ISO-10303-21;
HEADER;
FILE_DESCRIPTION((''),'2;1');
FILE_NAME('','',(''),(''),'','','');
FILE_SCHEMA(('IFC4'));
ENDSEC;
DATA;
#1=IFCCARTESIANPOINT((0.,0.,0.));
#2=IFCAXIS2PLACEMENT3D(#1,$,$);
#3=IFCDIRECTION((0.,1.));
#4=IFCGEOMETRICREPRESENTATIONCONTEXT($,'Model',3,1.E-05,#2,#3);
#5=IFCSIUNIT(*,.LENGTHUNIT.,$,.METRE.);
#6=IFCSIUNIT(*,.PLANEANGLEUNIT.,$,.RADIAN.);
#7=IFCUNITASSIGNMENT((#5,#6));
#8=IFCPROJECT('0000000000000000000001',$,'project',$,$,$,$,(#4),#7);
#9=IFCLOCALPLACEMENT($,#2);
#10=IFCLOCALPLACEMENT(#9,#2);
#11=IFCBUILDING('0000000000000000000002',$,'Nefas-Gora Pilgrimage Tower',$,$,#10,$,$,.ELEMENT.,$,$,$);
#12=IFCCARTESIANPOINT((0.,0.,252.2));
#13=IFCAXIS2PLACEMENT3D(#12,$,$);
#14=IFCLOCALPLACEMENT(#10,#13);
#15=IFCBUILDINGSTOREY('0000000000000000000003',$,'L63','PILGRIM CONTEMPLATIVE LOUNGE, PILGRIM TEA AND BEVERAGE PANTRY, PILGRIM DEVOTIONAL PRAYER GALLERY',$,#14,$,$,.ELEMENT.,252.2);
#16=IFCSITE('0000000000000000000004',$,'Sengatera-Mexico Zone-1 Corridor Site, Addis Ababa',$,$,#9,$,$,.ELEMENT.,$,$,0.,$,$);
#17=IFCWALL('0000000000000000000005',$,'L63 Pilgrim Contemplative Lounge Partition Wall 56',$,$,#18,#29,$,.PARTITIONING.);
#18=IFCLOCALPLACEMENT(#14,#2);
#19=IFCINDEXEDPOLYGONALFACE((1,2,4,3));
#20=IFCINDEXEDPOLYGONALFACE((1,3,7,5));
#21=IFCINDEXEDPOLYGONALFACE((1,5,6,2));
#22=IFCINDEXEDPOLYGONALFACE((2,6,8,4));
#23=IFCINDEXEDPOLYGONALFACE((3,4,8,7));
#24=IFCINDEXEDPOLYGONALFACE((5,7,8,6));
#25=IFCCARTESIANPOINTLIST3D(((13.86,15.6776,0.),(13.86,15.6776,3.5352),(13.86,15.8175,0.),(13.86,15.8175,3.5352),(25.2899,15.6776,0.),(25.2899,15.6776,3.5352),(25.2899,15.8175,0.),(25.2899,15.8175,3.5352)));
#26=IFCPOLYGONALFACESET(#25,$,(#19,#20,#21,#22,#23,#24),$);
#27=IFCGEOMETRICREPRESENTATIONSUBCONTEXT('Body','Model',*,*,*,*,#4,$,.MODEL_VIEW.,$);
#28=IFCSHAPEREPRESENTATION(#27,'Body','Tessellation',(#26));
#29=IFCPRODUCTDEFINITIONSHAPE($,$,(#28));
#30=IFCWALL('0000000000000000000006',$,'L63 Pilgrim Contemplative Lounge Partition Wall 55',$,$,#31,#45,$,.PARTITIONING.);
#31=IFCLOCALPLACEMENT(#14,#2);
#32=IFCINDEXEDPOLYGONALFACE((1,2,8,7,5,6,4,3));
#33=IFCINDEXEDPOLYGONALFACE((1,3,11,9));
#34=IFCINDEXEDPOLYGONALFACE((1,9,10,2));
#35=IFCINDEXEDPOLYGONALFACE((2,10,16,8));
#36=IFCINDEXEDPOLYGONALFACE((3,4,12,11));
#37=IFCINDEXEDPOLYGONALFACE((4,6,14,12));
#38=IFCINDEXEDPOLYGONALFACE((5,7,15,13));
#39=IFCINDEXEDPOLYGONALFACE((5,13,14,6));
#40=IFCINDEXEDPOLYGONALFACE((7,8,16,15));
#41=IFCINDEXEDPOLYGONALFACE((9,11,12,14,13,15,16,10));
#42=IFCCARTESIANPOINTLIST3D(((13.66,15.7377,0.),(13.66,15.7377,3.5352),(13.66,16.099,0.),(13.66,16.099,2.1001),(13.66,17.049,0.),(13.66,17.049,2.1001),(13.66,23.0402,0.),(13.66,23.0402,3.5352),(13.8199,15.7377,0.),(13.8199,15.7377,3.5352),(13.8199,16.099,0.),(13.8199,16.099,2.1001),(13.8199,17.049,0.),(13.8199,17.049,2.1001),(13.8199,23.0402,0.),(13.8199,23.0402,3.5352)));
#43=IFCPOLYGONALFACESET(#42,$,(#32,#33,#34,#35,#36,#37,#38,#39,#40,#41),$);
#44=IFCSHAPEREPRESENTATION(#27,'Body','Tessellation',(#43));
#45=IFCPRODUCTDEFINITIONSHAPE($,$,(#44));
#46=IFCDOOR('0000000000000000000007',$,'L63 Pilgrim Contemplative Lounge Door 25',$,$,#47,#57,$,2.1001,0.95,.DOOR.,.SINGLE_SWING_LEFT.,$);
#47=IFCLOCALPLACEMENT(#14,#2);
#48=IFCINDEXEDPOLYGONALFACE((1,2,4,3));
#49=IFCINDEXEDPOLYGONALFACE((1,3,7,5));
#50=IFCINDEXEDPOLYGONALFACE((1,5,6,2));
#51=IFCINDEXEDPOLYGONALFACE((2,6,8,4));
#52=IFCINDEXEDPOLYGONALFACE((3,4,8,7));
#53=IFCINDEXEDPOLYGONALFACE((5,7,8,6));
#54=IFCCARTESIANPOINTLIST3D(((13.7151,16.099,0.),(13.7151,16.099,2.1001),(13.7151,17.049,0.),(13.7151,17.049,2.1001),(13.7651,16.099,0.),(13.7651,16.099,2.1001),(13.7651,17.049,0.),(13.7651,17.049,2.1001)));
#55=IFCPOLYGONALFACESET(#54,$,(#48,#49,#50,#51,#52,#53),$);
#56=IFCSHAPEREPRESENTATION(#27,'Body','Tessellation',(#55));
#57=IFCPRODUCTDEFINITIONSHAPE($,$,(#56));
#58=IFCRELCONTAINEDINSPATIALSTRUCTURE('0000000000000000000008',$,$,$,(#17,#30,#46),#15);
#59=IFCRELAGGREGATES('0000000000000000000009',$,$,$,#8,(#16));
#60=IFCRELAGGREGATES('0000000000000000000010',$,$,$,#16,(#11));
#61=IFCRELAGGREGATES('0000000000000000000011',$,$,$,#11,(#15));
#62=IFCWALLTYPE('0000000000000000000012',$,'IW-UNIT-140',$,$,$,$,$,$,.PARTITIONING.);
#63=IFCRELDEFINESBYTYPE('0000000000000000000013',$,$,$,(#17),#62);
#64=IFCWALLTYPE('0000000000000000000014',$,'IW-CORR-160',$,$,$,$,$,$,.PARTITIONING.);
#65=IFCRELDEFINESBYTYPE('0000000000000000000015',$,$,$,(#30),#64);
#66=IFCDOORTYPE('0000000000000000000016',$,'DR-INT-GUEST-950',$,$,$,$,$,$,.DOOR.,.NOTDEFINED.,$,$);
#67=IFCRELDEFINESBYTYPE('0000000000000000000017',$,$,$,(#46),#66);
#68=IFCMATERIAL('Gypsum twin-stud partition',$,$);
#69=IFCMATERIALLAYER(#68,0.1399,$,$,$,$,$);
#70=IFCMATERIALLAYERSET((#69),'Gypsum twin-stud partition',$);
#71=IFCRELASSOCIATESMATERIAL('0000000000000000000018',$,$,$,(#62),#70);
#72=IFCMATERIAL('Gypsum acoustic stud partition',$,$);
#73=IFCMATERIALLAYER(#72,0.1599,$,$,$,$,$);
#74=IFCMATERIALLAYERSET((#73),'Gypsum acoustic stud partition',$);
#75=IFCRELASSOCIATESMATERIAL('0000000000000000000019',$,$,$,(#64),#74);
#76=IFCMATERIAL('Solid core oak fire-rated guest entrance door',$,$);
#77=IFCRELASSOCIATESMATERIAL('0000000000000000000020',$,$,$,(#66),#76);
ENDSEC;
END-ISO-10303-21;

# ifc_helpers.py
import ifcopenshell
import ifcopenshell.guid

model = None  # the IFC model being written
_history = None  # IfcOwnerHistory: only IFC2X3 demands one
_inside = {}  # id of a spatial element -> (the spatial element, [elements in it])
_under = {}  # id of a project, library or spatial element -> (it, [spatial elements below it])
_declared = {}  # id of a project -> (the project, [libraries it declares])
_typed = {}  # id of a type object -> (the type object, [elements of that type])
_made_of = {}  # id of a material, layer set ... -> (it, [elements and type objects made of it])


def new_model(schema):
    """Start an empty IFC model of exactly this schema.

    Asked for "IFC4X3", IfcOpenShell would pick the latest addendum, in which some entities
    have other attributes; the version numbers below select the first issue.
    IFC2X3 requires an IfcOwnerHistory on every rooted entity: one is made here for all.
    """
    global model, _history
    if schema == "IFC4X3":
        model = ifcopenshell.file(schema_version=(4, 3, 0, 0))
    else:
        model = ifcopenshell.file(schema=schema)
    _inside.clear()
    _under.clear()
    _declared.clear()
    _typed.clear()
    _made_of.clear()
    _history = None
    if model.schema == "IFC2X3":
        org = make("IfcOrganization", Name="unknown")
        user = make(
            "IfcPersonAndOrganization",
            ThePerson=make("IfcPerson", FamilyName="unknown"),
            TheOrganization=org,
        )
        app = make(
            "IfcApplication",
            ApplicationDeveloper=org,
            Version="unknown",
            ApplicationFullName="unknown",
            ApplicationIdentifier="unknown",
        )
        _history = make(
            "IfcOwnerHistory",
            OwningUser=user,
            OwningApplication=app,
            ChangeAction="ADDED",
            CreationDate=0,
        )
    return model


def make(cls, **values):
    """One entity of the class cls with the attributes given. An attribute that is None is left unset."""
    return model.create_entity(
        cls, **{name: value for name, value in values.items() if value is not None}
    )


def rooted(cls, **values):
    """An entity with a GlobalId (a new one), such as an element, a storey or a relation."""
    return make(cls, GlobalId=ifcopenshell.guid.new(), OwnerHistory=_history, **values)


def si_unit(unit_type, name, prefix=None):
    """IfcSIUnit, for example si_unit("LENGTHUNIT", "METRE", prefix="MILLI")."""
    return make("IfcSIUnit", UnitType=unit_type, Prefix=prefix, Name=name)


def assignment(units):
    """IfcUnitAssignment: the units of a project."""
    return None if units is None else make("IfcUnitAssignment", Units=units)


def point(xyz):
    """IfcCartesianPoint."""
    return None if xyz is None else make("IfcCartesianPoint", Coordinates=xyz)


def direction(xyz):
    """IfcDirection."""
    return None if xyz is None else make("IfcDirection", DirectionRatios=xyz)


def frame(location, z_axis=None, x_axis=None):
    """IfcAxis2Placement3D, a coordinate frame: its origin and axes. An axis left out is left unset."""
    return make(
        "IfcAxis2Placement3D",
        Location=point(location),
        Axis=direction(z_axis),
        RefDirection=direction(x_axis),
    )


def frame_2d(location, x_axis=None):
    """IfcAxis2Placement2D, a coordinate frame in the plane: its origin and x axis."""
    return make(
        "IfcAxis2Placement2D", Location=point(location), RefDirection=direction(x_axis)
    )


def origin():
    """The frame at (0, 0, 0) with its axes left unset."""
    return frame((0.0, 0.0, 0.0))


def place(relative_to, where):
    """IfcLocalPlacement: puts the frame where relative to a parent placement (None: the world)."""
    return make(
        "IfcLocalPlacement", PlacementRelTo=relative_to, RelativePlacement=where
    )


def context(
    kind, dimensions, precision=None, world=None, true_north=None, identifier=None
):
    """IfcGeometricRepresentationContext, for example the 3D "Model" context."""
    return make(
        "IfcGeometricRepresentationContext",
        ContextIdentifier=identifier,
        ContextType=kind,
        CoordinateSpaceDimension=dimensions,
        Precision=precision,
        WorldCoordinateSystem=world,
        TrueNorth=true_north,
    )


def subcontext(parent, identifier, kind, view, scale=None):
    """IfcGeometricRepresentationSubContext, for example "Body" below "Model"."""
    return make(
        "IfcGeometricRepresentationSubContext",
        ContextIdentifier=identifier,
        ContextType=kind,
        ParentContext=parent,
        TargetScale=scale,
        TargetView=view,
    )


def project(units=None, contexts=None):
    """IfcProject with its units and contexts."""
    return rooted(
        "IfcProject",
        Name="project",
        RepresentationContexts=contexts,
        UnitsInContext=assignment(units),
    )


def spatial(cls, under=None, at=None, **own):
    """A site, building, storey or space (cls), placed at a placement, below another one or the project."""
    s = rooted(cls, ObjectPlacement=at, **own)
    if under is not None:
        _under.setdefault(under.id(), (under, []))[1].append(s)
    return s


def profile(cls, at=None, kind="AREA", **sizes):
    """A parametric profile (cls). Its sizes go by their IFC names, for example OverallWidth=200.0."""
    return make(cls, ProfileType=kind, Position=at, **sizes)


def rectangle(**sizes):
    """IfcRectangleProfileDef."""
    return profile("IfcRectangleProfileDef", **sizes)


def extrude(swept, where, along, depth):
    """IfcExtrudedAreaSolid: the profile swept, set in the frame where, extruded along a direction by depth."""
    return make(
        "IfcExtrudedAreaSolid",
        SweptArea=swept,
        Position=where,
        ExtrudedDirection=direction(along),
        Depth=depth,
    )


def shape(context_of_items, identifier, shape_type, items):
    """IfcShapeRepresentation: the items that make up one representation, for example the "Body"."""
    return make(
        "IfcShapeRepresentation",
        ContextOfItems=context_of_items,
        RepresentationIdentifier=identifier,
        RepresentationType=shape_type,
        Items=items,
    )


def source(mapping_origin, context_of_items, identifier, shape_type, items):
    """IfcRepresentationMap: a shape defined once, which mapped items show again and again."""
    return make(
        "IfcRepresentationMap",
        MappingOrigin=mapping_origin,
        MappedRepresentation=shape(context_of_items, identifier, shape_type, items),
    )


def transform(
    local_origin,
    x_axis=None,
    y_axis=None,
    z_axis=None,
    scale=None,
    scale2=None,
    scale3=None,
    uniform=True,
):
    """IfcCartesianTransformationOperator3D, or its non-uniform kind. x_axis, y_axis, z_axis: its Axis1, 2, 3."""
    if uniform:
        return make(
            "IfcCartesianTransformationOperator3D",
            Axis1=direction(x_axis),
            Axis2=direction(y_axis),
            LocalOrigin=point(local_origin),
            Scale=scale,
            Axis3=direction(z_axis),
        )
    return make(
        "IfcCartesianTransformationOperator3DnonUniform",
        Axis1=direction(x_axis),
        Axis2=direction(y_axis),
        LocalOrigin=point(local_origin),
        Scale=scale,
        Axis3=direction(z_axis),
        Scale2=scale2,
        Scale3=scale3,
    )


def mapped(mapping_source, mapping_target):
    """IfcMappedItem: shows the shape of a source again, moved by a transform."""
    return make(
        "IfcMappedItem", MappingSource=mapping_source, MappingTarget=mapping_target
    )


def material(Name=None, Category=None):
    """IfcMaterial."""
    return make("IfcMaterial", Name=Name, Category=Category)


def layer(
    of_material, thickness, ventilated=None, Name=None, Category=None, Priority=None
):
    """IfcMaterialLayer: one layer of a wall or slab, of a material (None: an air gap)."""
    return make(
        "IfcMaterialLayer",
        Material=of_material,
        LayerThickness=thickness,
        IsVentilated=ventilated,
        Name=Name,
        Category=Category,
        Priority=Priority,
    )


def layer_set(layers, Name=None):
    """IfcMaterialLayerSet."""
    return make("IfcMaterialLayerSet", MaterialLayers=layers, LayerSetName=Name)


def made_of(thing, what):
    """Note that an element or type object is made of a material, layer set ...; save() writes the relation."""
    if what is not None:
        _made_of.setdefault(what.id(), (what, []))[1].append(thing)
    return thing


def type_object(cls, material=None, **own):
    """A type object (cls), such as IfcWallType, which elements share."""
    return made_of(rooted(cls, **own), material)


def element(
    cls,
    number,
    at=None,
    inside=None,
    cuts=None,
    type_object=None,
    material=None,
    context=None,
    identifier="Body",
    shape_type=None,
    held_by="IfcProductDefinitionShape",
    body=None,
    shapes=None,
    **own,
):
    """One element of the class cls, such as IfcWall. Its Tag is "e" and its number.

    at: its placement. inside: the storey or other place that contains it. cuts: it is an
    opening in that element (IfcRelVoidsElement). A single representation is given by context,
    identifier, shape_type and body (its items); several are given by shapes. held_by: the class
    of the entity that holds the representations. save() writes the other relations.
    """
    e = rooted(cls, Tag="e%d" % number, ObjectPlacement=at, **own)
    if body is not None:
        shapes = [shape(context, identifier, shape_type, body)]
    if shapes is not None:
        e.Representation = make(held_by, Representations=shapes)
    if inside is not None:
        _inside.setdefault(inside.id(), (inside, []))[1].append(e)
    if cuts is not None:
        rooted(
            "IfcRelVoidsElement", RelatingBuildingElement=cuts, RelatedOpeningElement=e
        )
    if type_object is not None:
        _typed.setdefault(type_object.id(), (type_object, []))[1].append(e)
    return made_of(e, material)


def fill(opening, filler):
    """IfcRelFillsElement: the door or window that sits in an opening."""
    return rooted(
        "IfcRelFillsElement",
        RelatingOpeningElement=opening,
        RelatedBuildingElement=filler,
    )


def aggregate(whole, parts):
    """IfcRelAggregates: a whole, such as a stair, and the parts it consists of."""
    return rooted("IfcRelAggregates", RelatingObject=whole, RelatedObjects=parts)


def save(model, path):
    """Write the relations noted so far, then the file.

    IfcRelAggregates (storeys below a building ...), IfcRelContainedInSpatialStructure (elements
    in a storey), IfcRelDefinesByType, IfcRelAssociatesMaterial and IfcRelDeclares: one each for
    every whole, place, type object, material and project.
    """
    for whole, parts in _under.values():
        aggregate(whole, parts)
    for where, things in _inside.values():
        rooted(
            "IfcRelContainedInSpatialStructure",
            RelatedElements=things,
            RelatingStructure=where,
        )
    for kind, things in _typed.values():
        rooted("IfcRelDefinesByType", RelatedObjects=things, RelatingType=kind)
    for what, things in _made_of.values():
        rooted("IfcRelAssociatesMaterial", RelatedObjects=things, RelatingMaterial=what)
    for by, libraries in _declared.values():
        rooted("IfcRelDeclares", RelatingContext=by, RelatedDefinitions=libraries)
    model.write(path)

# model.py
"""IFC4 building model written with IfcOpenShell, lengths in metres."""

from ifc_helpers import new_model, si_unit, direction, frame, frame_2d, origin, place, context, subcontext, project, spatial, rectangle, extrude, source, transform, mapped, material, layer, layer_set, type_object, element, fill, save


model = new_model("IFC4")

# Units and contexts
model_context = context("Model", 3, precision=1e-05, world=origin(), true_north=direction((0.0, 1.0)))
body_context = subcontext(model_context, "Body", "Model", "MODEL_VIEW")
ifc_project = project(units=[si_unit("LENGTHUNIT", "METRE"), si_unit("PLANEANGLEUNIT", "RADIAN")], contexts=[model_context])

# Site, building, storey
site_placement = place(None, origin())
site = spatial("IfcSite", under=ifc_project, at=site_placement, Name="Sengatera-Mexico Zone-1 Corridor Site, Addis Ababa", CompositionType="ELEMENT", RefElevation=0.0)
building_placement = place(site_placement, origin())
building = spatial("IfcBuilding", under=site, at=building_placement, Name="Nefas-Gora Pilgrimage Tower", CompositionType="ELEMENT")
storey_placement = place(building_placement, frame((0.0, 0.0, 252.2)))
storey = spatial("IfcBuildingStorey", under=building, at=storey_placement, Name="L63", Description="PILGRIM CONTEMPLATIVE LOUNGE, PILGRIM TEA AND BEVERAGE PANTRY, PILGRIM DEVOTIONAL PRAYER GALLERY", CompositionType="ELEMENT", Elevation=252.2)

# Wall
ifc_material_1 = material(Name="Gypsum twin-stud partition")
ifc_layer_1 = layer(ifc_material_1, 0.1399)
ifc_layer_set_1 = layer_set([ifc_layer_1], Name="Gypsum twin-stud partition")
wall_type_1 = type_object("IfcWallType", Name="IW-UNIT-140", PredefinedType="PARTITIONING", material=ifc_layer_set_1)
shared_shape_1 = source(origin(), body_context, "Body", "SweptSolid", [
    extrude(rectangle(XDim=11.4299, YDim=0.1399, at=frame_2d((5.7148, 0.0))), origin(), (0.0, 0.0, 1.0), 3.5352),
])
wall_1_placement = place(storey_placement, frame((13.8601, 15.7476, 0.0), z_axis=(0.0, 0.0, 1.0), x_axis=(1.0, 0.0, 0.0)))
element("IfcWall", 1, at=wall_1_placement, inside=storey, type_object=wall_type_1, Name="L63 Pilgrim Contemplative Lounge Partition Wall 56", PredefinedType="PARTITIONING", context=body_context, shape_type="MappedRepresentation", body=[
    mapped(shared_shape_1, transform((0.0, 0.0, 0.0), x_axis=(1.0, 0.0, 0.0), y_axis=(0.0, 1.0, 0.0), z_axis=(0.0, 0.0, 1.0), scale=1.0)),
])

# Wall, opening, door
ifc_material_2 = material(Name="Gypsum acoustic stud partition")
ifc_layer_2 = layer(ifc_material_2, 0.1599)
ifc_layer_set_2 = layer_set([ifc_layer_2], Name="Gypsum acoustic stud partition")
wall_type_2 = type_object("IfcWallType", Name="IW-CORR-160", PredefinedType="PARTITIONING", material=ifc_layer_set_2)
shared_shape_2 = source(origin(), body_context, "Body", "SweptSolid", [
    extrude(rectangle(XDim=7.3025, YDim=0.1599, at=frame_2d((3.6514, 0.0))), origin(), (0.0, 0.0, 1.0), 3.5352),
])
wall_2_placement = place(storey_placement, frame((13.74, 15.7375, 0.0), z_axis=(0.0, 0.0, 1.0), x_axis=(0.0, 1.0, 0.0)))
wall_2 = element("IfcWall", 2, at=wall_2_placement, inside=storey, type_object=wall_type_2, Name="L63 Pilgrim Contemplative Lounge Partition Wall 55", PredefinedType="PARTITIONING", context=body_context, shape_type="MappedRepresentation", body=[
    mapped(shared_shape_2, transform((0.0, 0.0, 0.0), x_axis=(1.0, 0.0, 0.0), y_axis=(0.0, 1.0, 0.0), z_axis=(0.0, 0.0, 1.0), scale=1.0)),
])
opening_1_placement = place(wall_2_placement, frame((0.3613, 0.0, 0.0)))
opening_1 = element("IfcOpeningElement", 3, at=opening_1_placement, cuts=wall_2, PredefinedType="OPENING", context=body_context, shape_type="SweptSolid", body=[
    extrude(rectangle(XDim=0.95, YDim=2.1001, at=frame_2d((0.4751, 1.05))), frame((0.0, 0.0898, 0.0), z_axis=(0.0, -1.0, 0.0), x_axis=(1.0, 0.0, 0.0)), (0.0, 0.0, 1.0), 0.1799),
])
ifc_material_3 = material(Name="Solid core oak fire-rated guest entrance door")
door_type = type_object("IfcDoorType", Name="DR-INT-GUEST-950", OperationType="NOTDEFINED", PredefinedType="DOOR", material=ifc_material_3)
shared_shape_3 = source(origin(), body_context, "Body", "SweptSolid", [
    extrude(rectangle(XDim=0.95, YDim=2.1001, at=frame_2d((0.4751, 1.05))), frame((0.0, 0.0249, 0.0), z_axis=(0.0, -1.0, 0.0), x_axis=(1.0, 0.0, 0.0)), (0.0, 0.0, 1.0), 0.05),
])
door_placement = place(opening_1_placement, origin())
door = element("IfcDoor", 4, at=door_placement, inside=storey, type_object=door_type, Name="L63 Pilgrim Contemplative Lounge Door 25", OperationType="SINGLE_SWING_LEFT", OverallHeight=2.1001, OverallWidth=0.95, PredefinedType="DOOR", context=body_context, shape_type="MappedRepresentation", body=[
    mapped(shared_shape_3, transform((0.0, 0.0, 0.0), x_axis=(1.0, 0.0, 0.0), y_axis=(0.0, 1.0, 0.0), z_axis=(0.0, 0.0, 1.0), scale=1.0)),
])
fill(opening_1, door)

save(model, "model.ifc")
